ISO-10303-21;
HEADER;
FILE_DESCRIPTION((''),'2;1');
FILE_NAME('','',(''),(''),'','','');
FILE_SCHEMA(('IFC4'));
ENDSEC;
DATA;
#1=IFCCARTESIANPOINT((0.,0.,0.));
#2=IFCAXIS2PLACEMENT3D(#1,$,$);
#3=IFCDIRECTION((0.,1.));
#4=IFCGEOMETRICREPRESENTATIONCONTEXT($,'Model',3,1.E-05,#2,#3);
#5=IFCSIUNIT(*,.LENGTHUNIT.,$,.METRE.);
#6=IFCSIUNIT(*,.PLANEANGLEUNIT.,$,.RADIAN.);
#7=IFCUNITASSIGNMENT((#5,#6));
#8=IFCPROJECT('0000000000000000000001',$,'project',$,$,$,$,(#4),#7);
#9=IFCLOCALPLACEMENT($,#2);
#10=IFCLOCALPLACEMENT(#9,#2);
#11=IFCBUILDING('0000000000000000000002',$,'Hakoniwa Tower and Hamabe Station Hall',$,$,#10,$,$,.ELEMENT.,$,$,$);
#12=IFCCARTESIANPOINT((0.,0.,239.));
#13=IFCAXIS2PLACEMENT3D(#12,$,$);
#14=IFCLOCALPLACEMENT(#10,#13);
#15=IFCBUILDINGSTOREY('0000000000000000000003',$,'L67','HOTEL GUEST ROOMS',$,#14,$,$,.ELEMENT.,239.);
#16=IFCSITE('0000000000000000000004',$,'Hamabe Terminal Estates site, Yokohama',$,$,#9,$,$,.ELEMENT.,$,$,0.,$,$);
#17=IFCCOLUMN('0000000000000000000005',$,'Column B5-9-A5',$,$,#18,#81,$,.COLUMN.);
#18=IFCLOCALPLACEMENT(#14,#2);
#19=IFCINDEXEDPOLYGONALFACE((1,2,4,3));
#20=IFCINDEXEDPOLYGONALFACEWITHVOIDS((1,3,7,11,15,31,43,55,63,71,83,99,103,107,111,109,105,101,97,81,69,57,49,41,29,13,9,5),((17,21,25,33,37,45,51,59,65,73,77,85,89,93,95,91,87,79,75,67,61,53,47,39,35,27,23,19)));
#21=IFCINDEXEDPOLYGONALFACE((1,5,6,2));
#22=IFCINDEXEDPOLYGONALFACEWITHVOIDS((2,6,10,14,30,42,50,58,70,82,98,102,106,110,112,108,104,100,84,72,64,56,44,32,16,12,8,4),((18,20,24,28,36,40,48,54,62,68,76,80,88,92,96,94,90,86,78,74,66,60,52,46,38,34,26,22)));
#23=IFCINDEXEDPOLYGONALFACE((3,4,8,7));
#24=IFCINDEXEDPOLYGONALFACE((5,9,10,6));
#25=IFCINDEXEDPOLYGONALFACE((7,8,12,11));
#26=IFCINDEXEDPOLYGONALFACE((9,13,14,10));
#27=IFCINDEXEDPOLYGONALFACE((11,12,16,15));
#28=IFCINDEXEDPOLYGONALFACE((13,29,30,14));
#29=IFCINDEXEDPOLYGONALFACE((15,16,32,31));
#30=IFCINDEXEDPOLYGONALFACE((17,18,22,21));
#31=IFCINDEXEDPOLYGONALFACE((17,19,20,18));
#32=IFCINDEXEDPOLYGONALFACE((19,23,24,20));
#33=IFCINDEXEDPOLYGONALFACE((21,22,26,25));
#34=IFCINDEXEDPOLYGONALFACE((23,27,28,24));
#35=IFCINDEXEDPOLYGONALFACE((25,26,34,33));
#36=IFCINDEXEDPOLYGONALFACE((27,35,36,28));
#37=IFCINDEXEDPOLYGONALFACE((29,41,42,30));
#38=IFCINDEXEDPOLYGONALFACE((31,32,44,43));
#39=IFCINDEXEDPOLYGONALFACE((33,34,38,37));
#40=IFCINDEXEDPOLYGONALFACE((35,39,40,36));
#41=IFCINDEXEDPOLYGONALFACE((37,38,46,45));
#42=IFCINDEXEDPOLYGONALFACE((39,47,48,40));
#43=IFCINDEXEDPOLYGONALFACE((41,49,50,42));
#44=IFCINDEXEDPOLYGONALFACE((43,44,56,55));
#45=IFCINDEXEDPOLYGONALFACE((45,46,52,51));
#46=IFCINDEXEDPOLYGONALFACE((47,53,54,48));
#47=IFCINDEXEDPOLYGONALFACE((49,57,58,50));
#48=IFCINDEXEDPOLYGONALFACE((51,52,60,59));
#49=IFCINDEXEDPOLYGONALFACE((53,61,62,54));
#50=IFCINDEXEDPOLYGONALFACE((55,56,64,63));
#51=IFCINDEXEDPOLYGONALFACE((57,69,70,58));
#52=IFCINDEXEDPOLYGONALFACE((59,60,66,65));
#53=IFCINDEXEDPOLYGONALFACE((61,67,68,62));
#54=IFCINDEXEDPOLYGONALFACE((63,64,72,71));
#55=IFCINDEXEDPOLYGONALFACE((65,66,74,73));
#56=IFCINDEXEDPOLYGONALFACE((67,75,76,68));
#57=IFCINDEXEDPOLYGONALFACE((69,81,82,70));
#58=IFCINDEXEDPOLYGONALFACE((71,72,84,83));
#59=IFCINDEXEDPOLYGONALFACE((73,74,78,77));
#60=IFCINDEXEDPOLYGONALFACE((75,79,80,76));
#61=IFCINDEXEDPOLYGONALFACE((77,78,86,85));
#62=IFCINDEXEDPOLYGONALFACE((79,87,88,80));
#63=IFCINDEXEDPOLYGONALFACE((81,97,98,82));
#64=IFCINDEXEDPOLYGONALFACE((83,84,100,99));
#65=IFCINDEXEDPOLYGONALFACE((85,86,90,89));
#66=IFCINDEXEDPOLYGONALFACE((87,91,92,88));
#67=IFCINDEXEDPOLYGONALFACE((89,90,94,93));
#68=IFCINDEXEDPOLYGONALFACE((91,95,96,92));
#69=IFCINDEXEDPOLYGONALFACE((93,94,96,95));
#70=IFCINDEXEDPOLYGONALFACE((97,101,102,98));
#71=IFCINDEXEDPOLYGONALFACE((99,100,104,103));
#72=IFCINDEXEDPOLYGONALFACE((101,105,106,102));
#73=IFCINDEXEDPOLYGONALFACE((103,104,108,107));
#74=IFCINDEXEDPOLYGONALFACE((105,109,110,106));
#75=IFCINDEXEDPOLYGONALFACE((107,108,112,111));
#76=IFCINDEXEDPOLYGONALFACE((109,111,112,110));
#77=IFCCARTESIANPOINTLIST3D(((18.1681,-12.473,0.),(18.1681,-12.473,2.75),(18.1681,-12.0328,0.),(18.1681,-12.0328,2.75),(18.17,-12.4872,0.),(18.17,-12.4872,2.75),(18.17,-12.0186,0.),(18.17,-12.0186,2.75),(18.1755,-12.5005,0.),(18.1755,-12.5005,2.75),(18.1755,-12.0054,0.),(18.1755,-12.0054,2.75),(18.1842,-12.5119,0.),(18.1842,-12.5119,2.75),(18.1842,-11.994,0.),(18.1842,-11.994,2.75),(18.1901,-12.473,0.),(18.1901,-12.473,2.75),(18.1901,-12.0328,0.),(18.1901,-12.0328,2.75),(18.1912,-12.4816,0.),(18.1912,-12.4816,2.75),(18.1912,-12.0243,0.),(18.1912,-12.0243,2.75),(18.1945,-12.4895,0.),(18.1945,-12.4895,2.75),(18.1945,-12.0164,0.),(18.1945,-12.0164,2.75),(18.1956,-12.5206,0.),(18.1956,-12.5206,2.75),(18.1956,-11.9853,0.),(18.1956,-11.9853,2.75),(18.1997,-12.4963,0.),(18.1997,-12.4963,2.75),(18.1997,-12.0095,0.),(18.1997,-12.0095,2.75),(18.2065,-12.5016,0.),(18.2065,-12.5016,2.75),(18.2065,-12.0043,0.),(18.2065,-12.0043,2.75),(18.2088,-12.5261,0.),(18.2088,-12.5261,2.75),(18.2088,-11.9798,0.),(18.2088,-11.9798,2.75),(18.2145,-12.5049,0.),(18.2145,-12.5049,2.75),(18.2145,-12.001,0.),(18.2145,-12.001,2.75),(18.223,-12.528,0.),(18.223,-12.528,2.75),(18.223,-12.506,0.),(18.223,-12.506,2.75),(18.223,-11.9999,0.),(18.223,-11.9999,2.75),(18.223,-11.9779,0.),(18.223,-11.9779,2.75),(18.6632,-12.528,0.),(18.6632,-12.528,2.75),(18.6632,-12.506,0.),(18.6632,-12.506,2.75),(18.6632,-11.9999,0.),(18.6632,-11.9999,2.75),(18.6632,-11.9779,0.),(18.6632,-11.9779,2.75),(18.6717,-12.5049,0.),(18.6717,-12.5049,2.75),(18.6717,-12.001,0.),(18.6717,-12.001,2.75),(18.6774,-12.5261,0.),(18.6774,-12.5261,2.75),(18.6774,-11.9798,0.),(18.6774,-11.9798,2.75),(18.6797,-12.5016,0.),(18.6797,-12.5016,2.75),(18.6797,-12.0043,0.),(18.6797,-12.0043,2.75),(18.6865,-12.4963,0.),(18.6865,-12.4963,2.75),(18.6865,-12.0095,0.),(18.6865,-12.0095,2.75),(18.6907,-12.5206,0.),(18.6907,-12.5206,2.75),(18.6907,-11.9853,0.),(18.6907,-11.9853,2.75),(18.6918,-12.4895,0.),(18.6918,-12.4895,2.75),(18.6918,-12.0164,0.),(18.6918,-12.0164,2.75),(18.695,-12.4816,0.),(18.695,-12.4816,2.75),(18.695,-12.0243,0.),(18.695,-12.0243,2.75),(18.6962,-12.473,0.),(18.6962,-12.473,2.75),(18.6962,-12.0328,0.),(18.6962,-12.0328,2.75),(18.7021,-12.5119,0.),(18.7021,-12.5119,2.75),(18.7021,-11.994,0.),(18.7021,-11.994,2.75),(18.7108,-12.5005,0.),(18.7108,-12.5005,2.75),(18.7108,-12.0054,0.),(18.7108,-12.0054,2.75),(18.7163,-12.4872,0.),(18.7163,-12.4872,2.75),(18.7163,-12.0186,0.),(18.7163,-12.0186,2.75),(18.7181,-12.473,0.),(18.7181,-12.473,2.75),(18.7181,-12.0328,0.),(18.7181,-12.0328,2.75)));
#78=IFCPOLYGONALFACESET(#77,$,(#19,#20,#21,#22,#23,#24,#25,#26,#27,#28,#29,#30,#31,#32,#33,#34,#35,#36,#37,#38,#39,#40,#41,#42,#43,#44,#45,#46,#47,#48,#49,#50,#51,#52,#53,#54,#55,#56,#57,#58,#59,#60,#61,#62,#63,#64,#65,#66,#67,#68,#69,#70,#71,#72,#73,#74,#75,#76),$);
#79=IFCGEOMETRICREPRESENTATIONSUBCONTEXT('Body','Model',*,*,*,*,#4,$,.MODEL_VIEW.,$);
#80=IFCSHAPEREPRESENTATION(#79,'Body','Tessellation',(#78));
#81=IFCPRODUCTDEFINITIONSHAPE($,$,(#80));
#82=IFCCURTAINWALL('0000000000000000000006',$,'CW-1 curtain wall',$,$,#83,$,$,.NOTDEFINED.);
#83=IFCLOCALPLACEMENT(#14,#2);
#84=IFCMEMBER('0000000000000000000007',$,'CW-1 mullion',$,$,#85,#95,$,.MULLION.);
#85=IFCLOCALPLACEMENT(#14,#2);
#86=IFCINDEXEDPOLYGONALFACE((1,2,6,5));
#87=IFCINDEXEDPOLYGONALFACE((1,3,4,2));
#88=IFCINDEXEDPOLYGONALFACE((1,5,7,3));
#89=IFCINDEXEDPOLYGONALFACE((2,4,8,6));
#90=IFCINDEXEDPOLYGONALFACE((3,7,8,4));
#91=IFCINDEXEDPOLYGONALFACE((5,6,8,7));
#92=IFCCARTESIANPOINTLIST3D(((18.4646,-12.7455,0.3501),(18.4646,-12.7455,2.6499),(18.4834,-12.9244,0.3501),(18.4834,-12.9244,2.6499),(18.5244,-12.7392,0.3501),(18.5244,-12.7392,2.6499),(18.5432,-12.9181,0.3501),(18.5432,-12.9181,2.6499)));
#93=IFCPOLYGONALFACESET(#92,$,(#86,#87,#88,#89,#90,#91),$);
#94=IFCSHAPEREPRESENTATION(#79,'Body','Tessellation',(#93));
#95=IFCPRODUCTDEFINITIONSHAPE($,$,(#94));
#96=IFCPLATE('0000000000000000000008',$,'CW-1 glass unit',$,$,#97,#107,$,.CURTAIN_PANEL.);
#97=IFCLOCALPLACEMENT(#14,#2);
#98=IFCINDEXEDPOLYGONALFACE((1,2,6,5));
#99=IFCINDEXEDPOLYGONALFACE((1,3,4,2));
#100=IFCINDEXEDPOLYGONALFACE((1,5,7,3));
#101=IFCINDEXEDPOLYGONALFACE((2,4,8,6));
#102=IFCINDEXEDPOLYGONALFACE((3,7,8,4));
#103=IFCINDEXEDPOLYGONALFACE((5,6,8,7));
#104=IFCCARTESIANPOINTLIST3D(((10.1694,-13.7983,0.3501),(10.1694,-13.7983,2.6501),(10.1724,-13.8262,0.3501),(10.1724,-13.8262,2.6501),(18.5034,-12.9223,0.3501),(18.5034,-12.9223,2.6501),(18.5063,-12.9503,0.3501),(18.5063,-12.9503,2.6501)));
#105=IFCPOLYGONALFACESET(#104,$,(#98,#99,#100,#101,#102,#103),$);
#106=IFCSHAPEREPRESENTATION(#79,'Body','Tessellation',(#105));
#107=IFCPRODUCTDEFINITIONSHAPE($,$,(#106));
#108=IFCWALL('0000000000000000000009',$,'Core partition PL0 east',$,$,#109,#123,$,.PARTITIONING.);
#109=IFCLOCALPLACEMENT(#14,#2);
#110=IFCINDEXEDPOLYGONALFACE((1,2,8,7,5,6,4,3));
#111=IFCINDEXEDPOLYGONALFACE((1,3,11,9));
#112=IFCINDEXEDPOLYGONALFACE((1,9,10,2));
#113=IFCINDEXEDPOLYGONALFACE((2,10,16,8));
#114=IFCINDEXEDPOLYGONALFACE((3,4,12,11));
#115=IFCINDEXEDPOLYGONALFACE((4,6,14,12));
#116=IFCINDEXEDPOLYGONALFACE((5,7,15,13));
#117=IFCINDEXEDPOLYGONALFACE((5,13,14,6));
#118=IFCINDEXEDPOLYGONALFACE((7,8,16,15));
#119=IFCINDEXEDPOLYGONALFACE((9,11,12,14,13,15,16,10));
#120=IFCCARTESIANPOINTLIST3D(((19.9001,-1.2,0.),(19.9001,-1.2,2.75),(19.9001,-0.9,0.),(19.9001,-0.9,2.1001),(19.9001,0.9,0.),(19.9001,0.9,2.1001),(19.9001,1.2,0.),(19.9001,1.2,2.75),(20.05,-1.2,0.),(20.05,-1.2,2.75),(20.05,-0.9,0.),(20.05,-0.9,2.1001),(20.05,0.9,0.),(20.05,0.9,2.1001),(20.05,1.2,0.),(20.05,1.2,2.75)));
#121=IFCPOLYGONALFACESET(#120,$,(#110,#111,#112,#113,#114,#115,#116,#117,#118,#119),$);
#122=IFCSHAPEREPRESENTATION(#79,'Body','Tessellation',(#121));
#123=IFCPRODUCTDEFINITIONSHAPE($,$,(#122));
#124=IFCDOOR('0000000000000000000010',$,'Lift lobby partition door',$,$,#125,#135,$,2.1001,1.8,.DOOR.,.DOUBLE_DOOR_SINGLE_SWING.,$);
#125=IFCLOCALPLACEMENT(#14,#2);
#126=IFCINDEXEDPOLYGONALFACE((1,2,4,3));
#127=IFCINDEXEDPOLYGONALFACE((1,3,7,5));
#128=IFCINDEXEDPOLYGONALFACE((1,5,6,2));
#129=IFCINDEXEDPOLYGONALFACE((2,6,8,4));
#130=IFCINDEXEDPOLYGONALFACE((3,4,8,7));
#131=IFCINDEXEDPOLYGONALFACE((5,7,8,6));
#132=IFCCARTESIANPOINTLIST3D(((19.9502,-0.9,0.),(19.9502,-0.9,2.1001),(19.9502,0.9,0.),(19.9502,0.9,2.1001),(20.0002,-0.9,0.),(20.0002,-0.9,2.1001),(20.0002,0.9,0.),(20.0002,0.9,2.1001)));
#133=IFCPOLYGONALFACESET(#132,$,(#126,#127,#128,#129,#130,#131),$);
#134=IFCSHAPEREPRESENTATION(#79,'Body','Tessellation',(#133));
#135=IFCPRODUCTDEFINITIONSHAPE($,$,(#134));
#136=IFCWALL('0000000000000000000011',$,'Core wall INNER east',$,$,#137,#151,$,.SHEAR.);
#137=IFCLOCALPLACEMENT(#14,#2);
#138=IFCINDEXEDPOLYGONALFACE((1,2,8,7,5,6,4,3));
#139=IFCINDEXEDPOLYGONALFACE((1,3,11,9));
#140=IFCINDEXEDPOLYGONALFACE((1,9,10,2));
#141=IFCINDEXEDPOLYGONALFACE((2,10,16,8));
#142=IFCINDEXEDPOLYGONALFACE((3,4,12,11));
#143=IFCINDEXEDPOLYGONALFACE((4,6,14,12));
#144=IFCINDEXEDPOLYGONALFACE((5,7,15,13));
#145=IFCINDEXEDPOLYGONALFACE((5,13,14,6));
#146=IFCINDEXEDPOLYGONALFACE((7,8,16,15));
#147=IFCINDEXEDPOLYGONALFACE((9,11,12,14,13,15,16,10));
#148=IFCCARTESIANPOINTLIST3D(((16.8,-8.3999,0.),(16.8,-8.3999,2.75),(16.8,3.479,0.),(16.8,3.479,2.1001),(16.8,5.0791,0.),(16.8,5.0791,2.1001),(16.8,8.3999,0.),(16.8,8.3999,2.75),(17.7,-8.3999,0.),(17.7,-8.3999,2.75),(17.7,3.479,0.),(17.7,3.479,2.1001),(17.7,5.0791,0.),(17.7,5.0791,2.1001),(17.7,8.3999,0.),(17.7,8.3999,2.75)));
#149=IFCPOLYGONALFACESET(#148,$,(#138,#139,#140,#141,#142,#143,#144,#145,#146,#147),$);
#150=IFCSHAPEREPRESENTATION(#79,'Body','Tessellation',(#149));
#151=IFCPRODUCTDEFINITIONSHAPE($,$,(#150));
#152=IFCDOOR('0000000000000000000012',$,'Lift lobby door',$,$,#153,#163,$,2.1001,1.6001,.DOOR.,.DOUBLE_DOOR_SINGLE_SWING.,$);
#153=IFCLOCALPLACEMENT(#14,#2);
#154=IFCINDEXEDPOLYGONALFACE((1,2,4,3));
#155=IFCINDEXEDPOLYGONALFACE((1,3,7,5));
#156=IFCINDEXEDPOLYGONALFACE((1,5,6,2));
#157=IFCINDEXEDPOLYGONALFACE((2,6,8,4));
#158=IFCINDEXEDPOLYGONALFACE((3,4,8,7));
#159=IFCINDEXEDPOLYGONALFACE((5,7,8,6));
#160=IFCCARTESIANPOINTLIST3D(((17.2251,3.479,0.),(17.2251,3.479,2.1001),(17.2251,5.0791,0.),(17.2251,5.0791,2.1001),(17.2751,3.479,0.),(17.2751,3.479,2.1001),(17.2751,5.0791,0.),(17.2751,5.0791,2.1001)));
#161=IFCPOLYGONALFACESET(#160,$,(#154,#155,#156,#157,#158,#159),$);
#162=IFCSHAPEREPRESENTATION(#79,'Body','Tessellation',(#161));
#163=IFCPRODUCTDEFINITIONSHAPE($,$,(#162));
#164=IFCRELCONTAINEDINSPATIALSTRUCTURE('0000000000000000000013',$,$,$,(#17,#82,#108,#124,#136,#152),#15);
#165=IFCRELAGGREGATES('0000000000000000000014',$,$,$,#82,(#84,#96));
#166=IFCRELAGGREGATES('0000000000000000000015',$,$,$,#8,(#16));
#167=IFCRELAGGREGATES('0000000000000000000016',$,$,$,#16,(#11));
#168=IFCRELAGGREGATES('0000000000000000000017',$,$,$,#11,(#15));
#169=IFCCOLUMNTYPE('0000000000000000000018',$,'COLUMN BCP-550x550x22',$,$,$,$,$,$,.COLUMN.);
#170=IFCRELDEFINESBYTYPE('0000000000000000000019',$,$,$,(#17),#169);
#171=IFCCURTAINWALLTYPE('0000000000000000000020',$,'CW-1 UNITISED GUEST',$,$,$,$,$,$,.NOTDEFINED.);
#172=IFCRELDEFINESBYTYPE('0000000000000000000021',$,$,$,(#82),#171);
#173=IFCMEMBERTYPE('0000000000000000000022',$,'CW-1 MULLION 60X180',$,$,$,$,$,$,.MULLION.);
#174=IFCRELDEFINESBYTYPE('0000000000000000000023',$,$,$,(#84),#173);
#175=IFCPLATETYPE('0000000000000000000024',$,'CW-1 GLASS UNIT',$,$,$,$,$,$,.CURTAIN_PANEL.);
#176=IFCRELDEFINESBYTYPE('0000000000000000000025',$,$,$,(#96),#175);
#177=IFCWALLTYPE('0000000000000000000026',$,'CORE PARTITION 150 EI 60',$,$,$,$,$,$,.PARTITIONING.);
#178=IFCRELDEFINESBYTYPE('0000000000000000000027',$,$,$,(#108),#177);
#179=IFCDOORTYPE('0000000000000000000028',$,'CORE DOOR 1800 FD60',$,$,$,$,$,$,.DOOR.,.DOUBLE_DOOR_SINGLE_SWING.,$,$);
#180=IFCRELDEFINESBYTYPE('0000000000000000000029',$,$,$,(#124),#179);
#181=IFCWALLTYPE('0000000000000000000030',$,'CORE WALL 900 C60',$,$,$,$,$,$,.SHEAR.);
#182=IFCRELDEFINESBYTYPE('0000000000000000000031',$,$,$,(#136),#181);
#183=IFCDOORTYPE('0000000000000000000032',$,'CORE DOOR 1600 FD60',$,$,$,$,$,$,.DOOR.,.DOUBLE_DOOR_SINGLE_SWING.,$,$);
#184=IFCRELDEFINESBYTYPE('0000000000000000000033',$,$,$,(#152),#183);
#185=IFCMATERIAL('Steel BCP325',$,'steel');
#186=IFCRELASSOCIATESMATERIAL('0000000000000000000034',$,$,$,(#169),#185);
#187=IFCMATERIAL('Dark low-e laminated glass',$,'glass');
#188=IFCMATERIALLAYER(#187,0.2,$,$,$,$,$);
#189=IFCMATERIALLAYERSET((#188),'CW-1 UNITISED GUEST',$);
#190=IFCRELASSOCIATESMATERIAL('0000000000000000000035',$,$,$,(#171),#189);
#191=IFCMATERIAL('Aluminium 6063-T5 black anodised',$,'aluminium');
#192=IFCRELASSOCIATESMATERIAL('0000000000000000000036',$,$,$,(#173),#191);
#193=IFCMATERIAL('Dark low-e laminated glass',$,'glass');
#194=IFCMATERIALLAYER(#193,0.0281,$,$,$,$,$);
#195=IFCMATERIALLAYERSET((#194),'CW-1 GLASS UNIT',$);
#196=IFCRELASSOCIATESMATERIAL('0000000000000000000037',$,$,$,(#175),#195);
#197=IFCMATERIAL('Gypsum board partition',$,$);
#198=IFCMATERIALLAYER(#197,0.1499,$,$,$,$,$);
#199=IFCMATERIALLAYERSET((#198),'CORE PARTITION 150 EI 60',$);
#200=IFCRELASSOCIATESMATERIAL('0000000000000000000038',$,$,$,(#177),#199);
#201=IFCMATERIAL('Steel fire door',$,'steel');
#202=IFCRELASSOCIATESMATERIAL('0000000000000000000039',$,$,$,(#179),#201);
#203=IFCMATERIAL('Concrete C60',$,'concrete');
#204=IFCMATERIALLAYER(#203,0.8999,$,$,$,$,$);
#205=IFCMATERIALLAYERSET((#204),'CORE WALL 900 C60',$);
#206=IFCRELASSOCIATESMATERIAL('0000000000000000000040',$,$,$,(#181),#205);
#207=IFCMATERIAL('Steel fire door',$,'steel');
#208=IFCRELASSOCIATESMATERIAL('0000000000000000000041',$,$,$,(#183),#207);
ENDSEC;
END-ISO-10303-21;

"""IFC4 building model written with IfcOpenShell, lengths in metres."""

from ifc_helpers import new_model, si_unit, direction, frame, frame_2d, origin, origin_2d, place, context, subcontext, project, spatial, rectangle, hollow_rectangle, extrude, material, layer, layer_set, material_profile, profile_set, type_object, element, fill, aggregate, save


model = new_model("IFC4")

# Units and contexts
model_context = context("Model", 3, precision=1e-05, world=origin(), true_north=direction((0.0, 1.0)))
body_context = subcontext(model_context, "Body", "Model", "MODEL_VIEW")
ifc_project = project(units=[si_unit("LENGTHUNIT", "METRE"), si_unit("PLANEANGLEUNIT", "RADIAN")], contexts=[model_context])

# Site, building, storey
site_placement = place(None, origin())
site = spatial("IfcSite", under=ifc_project, at=site_placement, Name="Hamabe Terminal Estates site, Yokohama", CompositionType="ELEMENT", RefElevation=0.0)
building_placement = place(site_placement, origin())
building = spatial("IfcBuilding", under=site, at=building_placement, Name="Hakoniwa Tower and Hamabe Station Hall", CompositionType="ELEMENT")
storey_placement = place(building_placement, frame((0.0, 0.0, 239.0)))
storey = spatial("IfcBuildingStorey", under=building, at=storey_placement, Name="L67", Description="HOTEL GUEST ROOMS", CompositionType="ELEMENT", Elevation=239.0)

# Column
ifc_material_1 = material(Name="Steel BCP325", Category="steel")
ifc_material_profile_1 = material_profile(ifc_material_1, hollow_rectangle(XDim=0.55, YDim=0.55, WallThickness=0.022, InnerFilletRadius=0.033, OuterFilletRadius=0.0549, at=origin_2d()), Name="BCP-550x550x22")
ifc_profile_set_1 = profile_set([ifc_material_profile_1], Name="Steel BCP325")
column_type = type_object("IfcColumnType", Name="COLUMN BCP-550x550x22", PredefinedType="COLUMN", material=ifc_profile_set_1)
column_placement = place(storey_placement, frame((18.4431, -12.2529, 0.0), z_axis=(0.0, 0.0, 1.0), x_axis=(1.0, 0.0, 0.0)))
element("IfcColumn", 1, at=column_placement, inside=storey, type_object=column_type, Name="Column B5-9-A5", PredefinedType="COLUMN", context=body_context, shape_type="SweptSolid", body=[
    extrude(hollow_rectangle(XDim=0.55, YDim=0.55, WallThickness=0.022, InnerFilletRadius=0.033, OuterFilletRadius=0.0549, at=origin_2d()), origin(), (0.0, 0.0, 1.0), 2.75),
])

# Curtain wall, member, plate
ifc_material_2 = material(Name="Dark low-e laminated glass", Category="glass")
ifc_layer_1 = layer(ifc_material_2, 0.2)
ifc_layer_set_1 = layer_set([ifc_layer_1], Name="CW-1 UNITISED GUEST")
curtain_wall_type = type_object("IfcCurtainWallType", Name="CW-1 UNITISED GUEST", PredefinedType="NOTDEFINED", material=ifc_layer_set_1)
curtain_wall_placement = place(storey_placement, origin())
curtain_wall = element("IfcCurtainWall", 2, at=curtain_wall_placement, inside=storey, type_object=curtain_wall_type, Name="CW-1 curtain wall", PredefinedType="NOTDEFINED")
ifc_material_3 = material(Name="Aluminium 6063-T5 black anodised", Category="aluminium")
ifc_material_profile_2 = material_profile(ifc_material_3, rectangle(XDim=0.0601, YDim=0.1799, at=origin_2d()), Name="CW-1 MULLION 60X180")
ifc_profile_set_2 = profile_set([ifc_material_profile_2], Name="Aluminium 6063-T5 black anodised")
member_type = type_object("IfcMemberType", Name="CW-1 MULLION 60X180", PredefinedType="MULLION", material=ifc_profile_set_2)
member_placement = place(storey_placement, frame((18.5039, -12.8318, 0.3501), z_axis=(0.0, 0.0, 1.0), x_axis=(0.994522, 0.104528, 0.0)))
member = element("IfcMember", 3, at=member_placement, type_object=member_type, Name="CW-1 mullion", PredefinedType="MULLION", context=body_context, shape_type="SweptSolid", body=[
    extrude(rectangle(XDim=0.0601, YDim=0.1799, at=origin_2d()), origin(), (0.0, 0.0, 1.0), 2.2998),
])
ifc_material_4 = material(Name="Dark low-e laminated glass", Category="glass")
ifc_layer_2 = layer(ifc_material_4, 0.0281)
ifc_layer_set_2 = layer_set([ifc_layer_2], Name="CW-1 GLASS UNIT")
plate_type = type_object("IfcPlateType", Name="CW-1 GLASS UNIT", PredefinedType="CURTAIN_PANEL", material=ifc_layer_set_2)
plate_placement = place(storey_placement, frame((14.3379, -13.3743, 0.3501), z_axis=(0.0, 0.0, 1.0), x_axis=(0.994522, 0.104528, 0.0)))
plate = element("IfcPlate", 4, at=plate_placement, type_object=plate_type, Name="CW-1 glass unit", PredefinedType="CURTAIN_PANEL", context=body_context, shape_type="SweptSolid", body=[
    extrude(rectangle(XDim=8.3799, YDim=0.0281, at=origin_2d()), origin(), (0.0, 0.0, 1.0), 2.3),
])
aggregate(curtain_wall, [member, plate])

# Walls, openings, doors
ifc_material_5 = material(Name="Gypsum board partition")
ifc_layer_3 = layer(ifc_material_5, 0.1499)
ifc_layer_set_3 = layer_set([ifc_layer_3], Name="CORE PARTITION 150 EI 60")
wall_type_1 = type_object("IfcWallType", Name="CORE PARTITION 150 EI 60", PredefinedType="PARTITIONING", material=ifc_layer_set_3)
wall_1_placement = place(storey_placement, frame((19.9751, -1.2, 0.0), z_axis=(0.0, 0.0, 1.0), x_axis=(0.0, 1.0, 0.0)))
wall_1 = element("IfcWall", 5, at=wall_1_placement, inside=storey, type_object=wall_type_1, Name="Core partition PL0 east", PredefinedType="PARTITIONING", context=body_context, shape_type="SweptSolid", body=[
    extrude(rectangle(XDim=2.3999, YDim=0.1499, at=frame_2d((1.2, 0.0))), origin(), (0.0, 0.0, 1.0), 2.75),
])
opening_1_placement = place(wall_1_placement, frame((0.3, 0.0, 0.0)))
opening_1 = element("IfcOpeningElement", 6, at=opening_1_placement, cuts=wall_1, PredefinedType="OPENING", context=body_context, shape_type="SweptSolid", body=[
    extrude(rectangle(XDim=1.8, YDim=2.1001, at=frame_2d((0.8999, 1.05))), frame((0.0, 0.085, 0.0), z_axis=(0.0, -1.0, 0.0), x_axis=(1.0, 0.0, 0.0)), (0.0, 0.0, 1.0), 0.1699),
])
ifc_material_6 = material(Name="Steel fire door", Category="steel")
door_type_1 = type_object("IfcDoorType", Name="CORE DOOR 1800 FD60", OperationType="DOUBLE_DOOR_SINGLE_SWING", PredefinedType="DOOR", material=ifc_material_6)
door_1_placement = place(opening_1_placement, origin())
door_1 = element("IfcDoor", 7, at=door_1_placement, inside=storey, type_object=door_type_1, Name="Lift lobby partition door", OperationType="DOUBLE_DOOR_SINGLE_SWING", OverallHeight=2.1001, OverallWidth=1.8, PredefinedType="DOOR", context=body_context, shape_type="SweptSolid", body=[
    extrude(rectangle(XDim=1.8, YDim=2.1001, at=frame_2d((0.8999, 1.05))), frame((0.0, 0.0249, 0.0), z_axis=(0.0, -1.0, 0.0), x_axis=(1.0, 0.0, 0.0)), (0.0, 0.0, 1.0), 0.05),
])
fill(opening_1, door_1)
ifc_material_7 = material(Name="Concrete C60", Category="concrete")
ifc_layer_4 = layer(ifc_material_7, 0.8999)
ifc_layer_set_4 = layer_set([ifc_layer_4], Name="CORE WALL 900 C60")
wall_type_2 = type_object("IfcWallType", Name="CORE WALL 900 C60", PredefinedType="SHEAR", material=ifc_layer_set_4)
wall_2_placement = place(storey_placement, frame((17.25, -8.3999, 0.0), z_axis=(0.0, 0.0, 1.0), x_axis=(0.0, 1.0, 0.0)))
wall_2 = element("IfcWall", 8, at=wall_2_placement, inside=storey, type_object=wall_type_2, Name="Core wall INNER east", PredefinedType="SHEAR", context=body_context, shape_type="SweptSolid", body=[
    extrude(rectangle(XDim=16.7998, YDim=0.8999, at=frame_2d((8.3999, 0.0))), origin(), (0.0, 0.0, 1.0), 2.75),
])
opening_2_placement = place(wall_2_placement, frame((11.8789, 0.0, 0.0)))
opening_2 = element("IfcOpeningElement", 9, at=opening_2_placement, cuts=wall_2, PredefinedType="OPENING", context=body_context, shape_type="SweptSolid", body=[
    extrude(rectangle(XDim=1.6001, YDim=2.1001, at=frame_2d((0.8, 1.05))), frame((0.0, 0.46, 0.0), z_axis=(0.0, -1.0, 0.0), x_axis=(1.0, 0.0, 0.0)), (0.0, 0.0, 1.0), 0.9199),
])
ifc_material_8 = material(Name="Steel fire door", Category="steel")
door_type_2 = type_object("IfcDoorType", Name="CORE DOOR 1600 FD60", OperationType="DOUBLE_DOOR_SINGLE_SWING", PredefinedType="DOOR", material=ifc_material_8)
door_2_placement = place(opening_2_placement, origin())
door_2 = element("IfcDoor", 10, at=door_2_placement, inside=storey, type_object=door_type_2, Name="Lift lobby door", OperationType="DOUBLE_DOOR_SINGLE_SWING", OverallHeight=2.1001, OverallWidth=1.6001, PredefinedType="DOOR", context=body_context, shape_type="SweptSolid", body=[
    extrude(rectangle(XDim=1.6001, YDim=2.1001, at=frame_2d((0.8, 1.05))), frame((0.0, 0.0249, 0.0), z_axis=(0.0, -1.0, 0.0), x_axis=(1.0, 0.0, 0.0)), (0.0, 0.0, 1.0), 0.05),
])
fill(opening_2, door_2)

save(model, "model.ifc")
